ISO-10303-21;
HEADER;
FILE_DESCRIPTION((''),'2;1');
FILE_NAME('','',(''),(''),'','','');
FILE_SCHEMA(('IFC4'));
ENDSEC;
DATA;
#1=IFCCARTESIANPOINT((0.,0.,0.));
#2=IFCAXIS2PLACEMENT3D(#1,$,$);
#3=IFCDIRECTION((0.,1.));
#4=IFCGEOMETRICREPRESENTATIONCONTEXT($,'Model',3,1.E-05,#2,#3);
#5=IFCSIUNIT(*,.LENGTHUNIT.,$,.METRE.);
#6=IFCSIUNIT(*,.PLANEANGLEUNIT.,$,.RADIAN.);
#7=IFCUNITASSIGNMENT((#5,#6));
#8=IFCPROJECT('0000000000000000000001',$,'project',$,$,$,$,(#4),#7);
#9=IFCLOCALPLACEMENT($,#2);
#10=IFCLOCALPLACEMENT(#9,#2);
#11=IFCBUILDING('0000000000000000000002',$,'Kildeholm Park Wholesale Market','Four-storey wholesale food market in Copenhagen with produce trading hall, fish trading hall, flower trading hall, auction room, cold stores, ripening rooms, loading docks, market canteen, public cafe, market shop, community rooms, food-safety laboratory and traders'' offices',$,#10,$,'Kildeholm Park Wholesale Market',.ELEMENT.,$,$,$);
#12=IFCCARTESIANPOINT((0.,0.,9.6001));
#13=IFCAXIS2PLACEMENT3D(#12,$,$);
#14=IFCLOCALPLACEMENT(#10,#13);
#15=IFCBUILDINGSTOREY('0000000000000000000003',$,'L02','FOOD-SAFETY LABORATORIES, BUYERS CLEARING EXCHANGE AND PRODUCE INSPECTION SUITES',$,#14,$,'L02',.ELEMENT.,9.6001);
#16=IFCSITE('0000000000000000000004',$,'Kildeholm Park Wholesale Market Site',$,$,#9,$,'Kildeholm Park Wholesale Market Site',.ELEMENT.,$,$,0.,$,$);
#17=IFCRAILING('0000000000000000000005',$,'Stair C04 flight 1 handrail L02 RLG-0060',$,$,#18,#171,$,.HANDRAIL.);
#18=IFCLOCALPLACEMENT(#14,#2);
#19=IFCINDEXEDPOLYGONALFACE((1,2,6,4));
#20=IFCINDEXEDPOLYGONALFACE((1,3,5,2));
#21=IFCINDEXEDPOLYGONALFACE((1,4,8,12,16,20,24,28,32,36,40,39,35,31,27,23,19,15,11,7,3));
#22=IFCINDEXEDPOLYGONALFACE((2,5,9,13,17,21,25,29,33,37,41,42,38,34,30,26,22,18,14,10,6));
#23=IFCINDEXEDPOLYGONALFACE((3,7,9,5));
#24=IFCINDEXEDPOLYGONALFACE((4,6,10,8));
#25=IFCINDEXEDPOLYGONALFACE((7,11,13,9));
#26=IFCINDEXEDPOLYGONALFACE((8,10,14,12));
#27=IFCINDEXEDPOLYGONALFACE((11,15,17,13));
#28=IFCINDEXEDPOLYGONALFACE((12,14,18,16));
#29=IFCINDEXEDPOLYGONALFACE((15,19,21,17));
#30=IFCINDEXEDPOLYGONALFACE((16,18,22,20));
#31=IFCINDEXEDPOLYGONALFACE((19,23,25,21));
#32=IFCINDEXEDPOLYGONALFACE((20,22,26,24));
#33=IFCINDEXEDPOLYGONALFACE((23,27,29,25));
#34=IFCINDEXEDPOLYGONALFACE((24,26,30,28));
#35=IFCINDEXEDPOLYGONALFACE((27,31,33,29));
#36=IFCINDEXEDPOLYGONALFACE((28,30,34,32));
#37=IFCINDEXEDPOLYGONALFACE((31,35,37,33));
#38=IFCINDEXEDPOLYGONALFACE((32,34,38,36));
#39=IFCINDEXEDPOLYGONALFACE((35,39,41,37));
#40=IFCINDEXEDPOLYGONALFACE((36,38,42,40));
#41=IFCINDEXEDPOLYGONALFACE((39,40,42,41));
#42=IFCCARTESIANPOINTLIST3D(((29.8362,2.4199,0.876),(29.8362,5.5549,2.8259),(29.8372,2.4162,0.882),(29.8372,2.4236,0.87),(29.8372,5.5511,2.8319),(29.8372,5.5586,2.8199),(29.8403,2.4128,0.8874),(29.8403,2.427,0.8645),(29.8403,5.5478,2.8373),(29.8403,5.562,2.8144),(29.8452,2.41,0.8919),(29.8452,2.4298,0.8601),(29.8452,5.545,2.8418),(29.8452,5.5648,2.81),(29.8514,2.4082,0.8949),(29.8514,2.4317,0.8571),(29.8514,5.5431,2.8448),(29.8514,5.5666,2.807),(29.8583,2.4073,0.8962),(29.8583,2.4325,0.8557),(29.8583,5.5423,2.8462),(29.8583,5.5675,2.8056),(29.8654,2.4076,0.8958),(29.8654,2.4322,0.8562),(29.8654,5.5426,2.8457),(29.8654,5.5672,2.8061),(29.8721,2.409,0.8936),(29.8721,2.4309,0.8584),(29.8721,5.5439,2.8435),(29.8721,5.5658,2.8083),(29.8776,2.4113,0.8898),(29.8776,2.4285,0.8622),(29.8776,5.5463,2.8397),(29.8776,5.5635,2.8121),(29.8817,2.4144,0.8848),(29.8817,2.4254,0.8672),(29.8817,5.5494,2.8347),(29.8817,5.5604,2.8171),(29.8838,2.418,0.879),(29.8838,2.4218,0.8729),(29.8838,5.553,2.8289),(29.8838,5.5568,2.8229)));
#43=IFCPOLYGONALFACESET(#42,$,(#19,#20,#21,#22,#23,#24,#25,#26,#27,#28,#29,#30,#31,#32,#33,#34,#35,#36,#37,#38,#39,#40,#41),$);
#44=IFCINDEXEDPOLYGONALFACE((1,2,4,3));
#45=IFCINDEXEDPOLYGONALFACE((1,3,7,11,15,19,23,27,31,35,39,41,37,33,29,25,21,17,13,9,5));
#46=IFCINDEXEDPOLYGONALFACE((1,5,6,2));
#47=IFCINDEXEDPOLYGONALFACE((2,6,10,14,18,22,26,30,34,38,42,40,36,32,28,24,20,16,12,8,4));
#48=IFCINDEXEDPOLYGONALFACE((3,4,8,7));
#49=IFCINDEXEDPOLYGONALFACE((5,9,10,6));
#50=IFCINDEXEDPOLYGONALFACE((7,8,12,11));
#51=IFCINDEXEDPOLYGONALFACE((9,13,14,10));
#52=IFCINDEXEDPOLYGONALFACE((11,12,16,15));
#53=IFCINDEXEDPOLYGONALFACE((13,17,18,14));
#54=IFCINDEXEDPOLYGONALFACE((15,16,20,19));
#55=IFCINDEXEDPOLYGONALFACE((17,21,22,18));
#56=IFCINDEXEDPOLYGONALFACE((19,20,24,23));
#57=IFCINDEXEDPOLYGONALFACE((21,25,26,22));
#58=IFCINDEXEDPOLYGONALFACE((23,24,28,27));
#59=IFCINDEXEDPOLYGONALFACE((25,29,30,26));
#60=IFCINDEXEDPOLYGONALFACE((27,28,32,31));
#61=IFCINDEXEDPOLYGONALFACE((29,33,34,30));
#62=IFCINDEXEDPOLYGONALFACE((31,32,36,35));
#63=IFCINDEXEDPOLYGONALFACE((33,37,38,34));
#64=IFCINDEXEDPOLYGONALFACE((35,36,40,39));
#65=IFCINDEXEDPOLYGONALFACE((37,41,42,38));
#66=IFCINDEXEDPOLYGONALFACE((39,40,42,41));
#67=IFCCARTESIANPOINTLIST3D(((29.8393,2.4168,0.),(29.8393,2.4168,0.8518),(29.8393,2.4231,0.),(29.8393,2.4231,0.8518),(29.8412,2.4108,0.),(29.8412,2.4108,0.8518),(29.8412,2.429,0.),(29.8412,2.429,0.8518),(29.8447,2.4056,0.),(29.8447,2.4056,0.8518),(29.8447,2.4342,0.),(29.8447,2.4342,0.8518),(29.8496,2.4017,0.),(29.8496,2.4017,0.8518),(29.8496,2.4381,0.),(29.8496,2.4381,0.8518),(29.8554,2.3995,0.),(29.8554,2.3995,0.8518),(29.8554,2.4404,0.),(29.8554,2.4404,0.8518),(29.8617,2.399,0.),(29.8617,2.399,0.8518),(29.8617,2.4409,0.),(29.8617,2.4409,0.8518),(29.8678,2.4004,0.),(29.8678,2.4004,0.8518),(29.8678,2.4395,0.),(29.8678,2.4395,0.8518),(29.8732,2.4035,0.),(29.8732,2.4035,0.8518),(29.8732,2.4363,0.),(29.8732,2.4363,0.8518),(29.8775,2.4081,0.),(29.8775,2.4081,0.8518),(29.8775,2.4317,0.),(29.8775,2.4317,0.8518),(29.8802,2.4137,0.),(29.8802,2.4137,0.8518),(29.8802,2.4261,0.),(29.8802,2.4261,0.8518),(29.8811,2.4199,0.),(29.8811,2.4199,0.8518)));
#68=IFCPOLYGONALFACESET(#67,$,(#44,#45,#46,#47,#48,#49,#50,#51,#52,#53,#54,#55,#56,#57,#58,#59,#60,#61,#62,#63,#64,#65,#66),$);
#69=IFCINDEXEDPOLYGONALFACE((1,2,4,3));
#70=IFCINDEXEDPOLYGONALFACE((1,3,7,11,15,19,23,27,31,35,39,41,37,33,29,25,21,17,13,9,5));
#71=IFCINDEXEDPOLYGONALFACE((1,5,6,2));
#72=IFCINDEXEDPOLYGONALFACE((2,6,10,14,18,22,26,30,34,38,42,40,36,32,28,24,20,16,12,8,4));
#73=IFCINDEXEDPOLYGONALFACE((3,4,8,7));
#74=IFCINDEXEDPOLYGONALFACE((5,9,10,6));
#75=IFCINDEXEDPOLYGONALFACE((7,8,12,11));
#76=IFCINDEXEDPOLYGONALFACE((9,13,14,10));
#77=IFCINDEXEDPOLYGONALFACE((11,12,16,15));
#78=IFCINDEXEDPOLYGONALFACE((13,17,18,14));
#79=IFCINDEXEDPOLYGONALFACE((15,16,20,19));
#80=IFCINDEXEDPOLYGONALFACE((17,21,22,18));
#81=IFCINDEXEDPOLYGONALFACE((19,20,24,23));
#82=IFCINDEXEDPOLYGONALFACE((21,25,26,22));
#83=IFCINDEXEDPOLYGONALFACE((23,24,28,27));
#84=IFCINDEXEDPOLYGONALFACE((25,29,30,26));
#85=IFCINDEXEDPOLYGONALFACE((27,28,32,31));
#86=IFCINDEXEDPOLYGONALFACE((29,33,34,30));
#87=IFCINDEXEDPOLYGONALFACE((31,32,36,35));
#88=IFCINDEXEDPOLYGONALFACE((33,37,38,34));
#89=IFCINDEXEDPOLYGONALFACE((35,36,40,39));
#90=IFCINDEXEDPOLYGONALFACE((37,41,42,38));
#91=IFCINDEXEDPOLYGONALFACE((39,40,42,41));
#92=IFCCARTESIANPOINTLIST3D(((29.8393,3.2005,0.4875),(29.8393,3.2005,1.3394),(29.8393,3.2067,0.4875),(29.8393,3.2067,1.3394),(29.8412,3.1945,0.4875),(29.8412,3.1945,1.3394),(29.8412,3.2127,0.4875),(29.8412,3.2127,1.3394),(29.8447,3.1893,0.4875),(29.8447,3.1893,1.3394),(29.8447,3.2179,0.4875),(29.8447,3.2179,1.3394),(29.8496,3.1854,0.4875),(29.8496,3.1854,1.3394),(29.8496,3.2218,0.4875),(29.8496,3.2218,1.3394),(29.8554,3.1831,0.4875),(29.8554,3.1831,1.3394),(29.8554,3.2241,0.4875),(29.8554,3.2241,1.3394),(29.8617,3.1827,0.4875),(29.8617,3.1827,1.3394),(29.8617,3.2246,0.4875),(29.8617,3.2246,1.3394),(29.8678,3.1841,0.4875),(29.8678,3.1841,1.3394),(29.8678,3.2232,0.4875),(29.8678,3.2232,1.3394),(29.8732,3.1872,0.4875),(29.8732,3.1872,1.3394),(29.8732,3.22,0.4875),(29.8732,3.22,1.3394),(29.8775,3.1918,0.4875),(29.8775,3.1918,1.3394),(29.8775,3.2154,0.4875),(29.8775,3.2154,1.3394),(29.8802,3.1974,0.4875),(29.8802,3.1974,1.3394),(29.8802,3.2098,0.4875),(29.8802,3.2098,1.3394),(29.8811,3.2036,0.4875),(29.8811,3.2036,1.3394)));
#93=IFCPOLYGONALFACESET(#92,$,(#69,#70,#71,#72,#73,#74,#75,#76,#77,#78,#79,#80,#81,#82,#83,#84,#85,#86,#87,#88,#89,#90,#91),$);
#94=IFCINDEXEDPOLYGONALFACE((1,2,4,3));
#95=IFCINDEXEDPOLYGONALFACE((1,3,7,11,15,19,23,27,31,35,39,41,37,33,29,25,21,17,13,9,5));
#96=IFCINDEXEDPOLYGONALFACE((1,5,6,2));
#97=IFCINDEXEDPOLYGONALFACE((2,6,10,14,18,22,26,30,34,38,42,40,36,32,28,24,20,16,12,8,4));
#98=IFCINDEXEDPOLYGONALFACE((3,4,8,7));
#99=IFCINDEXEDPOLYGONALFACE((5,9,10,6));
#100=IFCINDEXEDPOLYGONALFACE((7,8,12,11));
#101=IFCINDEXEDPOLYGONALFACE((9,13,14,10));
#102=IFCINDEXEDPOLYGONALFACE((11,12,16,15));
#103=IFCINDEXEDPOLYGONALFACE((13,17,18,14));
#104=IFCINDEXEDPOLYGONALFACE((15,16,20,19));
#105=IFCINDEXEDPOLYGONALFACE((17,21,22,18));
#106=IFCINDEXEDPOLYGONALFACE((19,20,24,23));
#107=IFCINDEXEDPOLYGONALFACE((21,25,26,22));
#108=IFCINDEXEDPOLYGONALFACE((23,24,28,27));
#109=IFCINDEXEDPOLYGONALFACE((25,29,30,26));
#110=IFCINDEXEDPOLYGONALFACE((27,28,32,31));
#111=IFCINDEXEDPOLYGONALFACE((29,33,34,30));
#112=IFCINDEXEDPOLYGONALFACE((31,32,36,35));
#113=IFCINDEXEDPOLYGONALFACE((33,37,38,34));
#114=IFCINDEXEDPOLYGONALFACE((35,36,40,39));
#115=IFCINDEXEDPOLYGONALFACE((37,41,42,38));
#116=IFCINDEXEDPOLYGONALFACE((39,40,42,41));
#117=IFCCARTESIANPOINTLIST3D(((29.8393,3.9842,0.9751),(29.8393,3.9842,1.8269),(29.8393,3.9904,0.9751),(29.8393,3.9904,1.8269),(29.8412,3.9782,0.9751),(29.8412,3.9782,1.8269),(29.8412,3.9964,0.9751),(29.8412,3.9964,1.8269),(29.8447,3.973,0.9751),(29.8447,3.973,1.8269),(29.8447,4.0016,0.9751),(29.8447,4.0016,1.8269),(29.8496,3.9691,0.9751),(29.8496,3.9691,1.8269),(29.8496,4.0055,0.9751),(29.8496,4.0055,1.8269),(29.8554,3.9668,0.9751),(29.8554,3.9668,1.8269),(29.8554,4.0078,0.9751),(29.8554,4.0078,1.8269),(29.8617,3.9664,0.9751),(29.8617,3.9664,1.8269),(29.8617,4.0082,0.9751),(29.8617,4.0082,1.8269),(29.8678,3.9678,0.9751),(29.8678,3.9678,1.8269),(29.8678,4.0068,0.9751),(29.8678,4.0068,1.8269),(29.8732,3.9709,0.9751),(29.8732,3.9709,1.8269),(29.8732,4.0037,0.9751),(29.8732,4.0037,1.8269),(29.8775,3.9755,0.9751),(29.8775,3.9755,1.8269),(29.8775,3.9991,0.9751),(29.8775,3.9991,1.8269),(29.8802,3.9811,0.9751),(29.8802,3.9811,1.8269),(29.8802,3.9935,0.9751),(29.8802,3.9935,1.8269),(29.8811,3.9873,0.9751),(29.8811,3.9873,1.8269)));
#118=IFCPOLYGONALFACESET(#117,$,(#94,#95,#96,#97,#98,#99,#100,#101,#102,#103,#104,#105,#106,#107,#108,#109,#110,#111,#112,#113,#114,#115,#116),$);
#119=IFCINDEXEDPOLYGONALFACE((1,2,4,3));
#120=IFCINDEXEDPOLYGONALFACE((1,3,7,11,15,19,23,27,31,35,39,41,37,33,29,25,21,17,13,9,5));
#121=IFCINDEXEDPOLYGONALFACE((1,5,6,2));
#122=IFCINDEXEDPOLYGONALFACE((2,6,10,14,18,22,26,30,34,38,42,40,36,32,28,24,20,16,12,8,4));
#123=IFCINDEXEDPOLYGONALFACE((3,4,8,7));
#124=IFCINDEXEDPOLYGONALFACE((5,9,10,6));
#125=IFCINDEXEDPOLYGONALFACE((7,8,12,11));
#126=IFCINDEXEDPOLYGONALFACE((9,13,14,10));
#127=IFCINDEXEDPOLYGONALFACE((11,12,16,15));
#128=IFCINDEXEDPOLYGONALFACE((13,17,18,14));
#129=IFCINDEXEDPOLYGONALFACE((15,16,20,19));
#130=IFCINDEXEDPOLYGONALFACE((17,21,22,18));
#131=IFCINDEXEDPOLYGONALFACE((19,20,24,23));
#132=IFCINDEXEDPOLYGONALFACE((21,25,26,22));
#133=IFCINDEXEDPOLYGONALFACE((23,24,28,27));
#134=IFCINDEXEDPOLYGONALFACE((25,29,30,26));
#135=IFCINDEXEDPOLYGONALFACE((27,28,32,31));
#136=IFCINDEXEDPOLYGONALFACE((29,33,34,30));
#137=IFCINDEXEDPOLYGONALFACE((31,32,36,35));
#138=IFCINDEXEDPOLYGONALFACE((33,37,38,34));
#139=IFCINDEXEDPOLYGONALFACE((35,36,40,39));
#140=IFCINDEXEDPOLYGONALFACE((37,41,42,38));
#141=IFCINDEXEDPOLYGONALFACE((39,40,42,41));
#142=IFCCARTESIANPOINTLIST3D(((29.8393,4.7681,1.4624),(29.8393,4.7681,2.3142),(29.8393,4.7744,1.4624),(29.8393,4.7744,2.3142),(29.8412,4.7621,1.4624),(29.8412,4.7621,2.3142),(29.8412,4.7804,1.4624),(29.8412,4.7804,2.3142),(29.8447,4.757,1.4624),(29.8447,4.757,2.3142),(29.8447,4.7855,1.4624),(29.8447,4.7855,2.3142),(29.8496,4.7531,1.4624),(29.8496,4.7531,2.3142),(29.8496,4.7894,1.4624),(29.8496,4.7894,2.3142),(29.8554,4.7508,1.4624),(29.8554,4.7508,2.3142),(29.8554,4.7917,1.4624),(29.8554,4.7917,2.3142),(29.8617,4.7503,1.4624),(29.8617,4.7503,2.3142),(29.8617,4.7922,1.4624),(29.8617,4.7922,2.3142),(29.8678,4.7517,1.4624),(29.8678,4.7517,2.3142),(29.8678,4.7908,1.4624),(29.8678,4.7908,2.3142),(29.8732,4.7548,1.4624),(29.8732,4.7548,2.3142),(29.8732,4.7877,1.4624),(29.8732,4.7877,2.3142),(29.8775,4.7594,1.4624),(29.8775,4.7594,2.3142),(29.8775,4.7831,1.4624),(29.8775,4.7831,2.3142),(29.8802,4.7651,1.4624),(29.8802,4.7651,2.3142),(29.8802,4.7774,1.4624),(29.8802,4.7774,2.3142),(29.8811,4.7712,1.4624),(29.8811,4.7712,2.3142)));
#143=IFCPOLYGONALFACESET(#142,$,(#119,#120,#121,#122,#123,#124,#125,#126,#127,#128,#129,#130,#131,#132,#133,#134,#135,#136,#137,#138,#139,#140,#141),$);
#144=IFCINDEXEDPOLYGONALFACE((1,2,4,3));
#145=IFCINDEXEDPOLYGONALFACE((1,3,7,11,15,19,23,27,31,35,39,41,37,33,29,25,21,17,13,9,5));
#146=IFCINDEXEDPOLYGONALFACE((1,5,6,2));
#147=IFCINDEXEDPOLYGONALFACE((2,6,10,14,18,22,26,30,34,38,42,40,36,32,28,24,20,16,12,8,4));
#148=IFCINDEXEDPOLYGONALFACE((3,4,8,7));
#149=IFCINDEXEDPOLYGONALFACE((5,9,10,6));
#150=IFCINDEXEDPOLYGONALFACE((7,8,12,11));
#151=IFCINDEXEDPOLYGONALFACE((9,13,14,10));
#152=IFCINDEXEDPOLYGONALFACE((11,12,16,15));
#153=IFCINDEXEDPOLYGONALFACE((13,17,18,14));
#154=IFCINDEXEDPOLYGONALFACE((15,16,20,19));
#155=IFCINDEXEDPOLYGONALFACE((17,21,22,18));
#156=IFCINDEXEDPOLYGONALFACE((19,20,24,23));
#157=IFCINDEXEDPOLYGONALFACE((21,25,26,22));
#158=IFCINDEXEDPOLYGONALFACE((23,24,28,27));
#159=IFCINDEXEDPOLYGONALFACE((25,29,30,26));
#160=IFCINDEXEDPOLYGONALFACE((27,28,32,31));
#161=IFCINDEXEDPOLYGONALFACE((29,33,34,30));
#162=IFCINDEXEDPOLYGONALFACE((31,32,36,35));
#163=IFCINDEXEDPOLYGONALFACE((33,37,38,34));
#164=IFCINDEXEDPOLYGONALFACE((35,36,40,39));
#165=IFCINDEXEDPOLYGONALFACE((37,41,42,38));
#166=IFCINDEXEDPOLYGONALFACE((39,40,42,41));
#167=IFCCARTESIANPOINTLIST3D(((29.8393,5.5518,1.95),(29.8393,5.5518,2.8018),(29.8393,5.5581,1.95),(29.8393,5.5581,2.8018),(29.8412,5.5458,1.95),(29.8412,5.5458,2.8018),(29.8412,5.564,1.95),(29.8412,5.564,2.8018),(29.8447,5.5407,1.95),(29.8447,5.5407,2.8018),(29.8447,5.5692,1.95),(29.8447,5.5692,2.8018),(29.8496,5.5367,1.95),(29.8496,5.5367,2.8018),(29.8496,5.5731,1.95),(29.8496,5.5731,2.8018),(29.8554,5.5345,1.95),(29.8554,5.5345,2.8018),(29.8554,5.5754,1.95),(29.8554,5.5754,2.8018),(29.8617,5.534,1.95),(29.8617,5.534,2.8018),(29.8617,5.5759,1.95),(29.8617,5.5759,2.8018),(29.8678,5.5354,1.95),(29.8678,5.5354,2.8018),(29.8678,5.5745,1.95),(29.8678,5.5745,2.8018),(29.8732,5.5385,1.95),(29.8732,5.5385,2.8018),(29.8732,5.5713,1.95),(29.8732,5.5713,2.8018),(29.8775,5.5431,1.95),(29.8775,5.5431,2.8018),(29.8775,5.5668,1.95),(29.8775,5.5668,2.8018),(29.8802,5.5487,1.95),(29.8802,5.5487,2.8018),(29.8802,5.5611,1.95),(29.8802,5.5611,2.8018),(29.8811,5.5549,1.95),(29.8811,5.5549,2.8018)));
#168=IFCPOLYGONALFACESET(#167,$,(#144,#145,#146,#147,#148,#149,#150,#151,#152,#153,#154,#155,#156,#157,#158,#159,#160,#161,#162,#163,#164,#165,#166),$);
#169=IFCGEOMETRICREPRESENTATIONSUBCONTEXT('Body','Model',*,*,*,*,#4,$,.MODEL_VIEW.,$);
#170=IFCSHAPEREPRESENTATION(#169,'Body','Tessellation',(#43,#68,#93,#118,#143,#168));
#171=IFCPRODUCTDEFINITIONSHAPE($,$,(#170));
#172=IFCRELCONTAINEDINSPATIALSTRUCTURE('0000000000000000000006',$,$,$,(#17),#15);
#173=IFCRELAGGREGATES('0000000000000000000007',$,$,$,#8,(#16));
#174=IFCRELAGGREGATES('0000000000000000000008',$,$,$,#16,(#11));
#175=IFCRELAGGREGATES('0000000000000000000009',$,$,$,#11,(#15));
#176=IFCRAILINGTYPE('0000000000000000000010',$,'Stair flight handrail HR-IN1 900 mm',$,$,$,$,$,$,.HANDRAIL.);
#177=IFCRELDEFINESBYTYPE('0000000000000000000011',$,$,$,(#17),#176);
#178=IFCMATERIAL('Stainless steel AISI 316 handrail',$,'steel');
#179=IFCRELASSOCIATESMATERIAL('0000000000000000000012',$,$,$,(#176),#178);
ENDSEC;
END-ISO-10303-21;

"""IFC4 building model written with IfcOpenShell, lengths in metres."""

from ifc_helpers import new_model, si_unit, direction, frame, origin, origin_2d, place, context, subcontext, project, spatial, circle, extrude, material, type_object, element, save


model = new_model("IFC4")

# Units and contexts
model_context = context("Model", 3, precision=1e-05, world=origin(), true_north=direction((0.0, 1.0)))
body_context = subcontext(model_context, "Body", "Model", "MODEL_VIEW")
ifc_project = project(units=[si_unit("LENGTHUNIT", "METRE"), si_unit("PLANEANGLEUNIT", "RADIAN")], contexts=[model_context])

# Site, building, storey
site_placement = place(None, origin())
site = spatial("IfcSite", under=ifc_project, at=site_placement, Name="Kildeholm Park Wholesale Market Site", LongName="Kildeholm Park Wholesale Market Site", CompositionType="ELEMENT", RefElevation=0.0)
building_placement = place(site_placement, origin())
building = spatial("IfcBuilding", under=site, at=building_placement, Name="Kildeholm Park Wholesale Market", Description="Four-storey wholesale food market in Copenhagen with produce trading hall, fish trading hall, flower trading hall, auction room, cold stores, ripening rooms, loading docks, market canteen, public cafe, market shop, community rooms, food-safety laboratory and traders' offices", LongName="Kildeholm Park Wholesale Market", CompositionType="ELEMENT")
storey_placement = place(building_placement, frame((0.0, 0.0, 9.6001)))
storey = spatial("IfcBuildingStorey", under=building, at=storey_placement, Name="L02", Description="FOOD-SAFETY LABORATORIES, BUYERS CLEARING EXCHANGE AND PRODUCE INSPECTION SUITES", LongName="L02", CompositionType="ELEMENT", Elevation=9.6001)

# Railing
ifc_material_1 = material(Name="Stainless steel AISI 316 handrail", Category="steel")
railing_type_1 = type_object("IfcRailingType", Name="Stair flight handrail HR-IN1 900 mm", PredefinedType="HANDRAIL", material=ifc_material_1)
railing_1_placement = place(storey_placement, frame((29.8601, 2.4199, 0.0)))
element("IfcRailing", 1, at=railing_1_placement, inside=storey, type_object=railing_type_1, Name="Stair C04 flight 1 handrail L02 RLG-0060", PredefinedType="HANDRAIL", context=body_context, shape_type="SweptSolid", body=[
    extrude(circle(Radius=0.0239, at=origin_2d()), frame((0.0, 0.0, 0.876), z_axis=(0.0, 0.849144, 0.528161), x_axis=(-1.0, 0.0, 0.0)), (0.0, 0.0, 1.0), 3.6919),
    extrude(circle(Radius=0.021, at=origin_2d()), origin(), (0.0, 0.0, 1.0), 0.8518),
    extrude(circle(Radius=0.021, at=origin_2d()), frame((0.0, 0.7837, 0.4875)), (0.0, 0.0, 1.0), 0.8518),
    extrude(circle(Radius=0.021, at=origin_2d()), frame((0.0, 1.5674, 0.9751)), (0.0, 0.0, 1.0), 0.8518),
    extrude(circle(Radius=0.021, at=origin_2d()), frame((0.0, 2.3513, 1.4624)), (0.0, 0.0, 1.0), 0.8518),
    extrude(circle(Radius=0.021, at=origin_2d()), frame((0.0, 3.135, 1.95)), (0.0, 0.0, 1.0), 0.8518),
])

save(model, "model.ifc")
